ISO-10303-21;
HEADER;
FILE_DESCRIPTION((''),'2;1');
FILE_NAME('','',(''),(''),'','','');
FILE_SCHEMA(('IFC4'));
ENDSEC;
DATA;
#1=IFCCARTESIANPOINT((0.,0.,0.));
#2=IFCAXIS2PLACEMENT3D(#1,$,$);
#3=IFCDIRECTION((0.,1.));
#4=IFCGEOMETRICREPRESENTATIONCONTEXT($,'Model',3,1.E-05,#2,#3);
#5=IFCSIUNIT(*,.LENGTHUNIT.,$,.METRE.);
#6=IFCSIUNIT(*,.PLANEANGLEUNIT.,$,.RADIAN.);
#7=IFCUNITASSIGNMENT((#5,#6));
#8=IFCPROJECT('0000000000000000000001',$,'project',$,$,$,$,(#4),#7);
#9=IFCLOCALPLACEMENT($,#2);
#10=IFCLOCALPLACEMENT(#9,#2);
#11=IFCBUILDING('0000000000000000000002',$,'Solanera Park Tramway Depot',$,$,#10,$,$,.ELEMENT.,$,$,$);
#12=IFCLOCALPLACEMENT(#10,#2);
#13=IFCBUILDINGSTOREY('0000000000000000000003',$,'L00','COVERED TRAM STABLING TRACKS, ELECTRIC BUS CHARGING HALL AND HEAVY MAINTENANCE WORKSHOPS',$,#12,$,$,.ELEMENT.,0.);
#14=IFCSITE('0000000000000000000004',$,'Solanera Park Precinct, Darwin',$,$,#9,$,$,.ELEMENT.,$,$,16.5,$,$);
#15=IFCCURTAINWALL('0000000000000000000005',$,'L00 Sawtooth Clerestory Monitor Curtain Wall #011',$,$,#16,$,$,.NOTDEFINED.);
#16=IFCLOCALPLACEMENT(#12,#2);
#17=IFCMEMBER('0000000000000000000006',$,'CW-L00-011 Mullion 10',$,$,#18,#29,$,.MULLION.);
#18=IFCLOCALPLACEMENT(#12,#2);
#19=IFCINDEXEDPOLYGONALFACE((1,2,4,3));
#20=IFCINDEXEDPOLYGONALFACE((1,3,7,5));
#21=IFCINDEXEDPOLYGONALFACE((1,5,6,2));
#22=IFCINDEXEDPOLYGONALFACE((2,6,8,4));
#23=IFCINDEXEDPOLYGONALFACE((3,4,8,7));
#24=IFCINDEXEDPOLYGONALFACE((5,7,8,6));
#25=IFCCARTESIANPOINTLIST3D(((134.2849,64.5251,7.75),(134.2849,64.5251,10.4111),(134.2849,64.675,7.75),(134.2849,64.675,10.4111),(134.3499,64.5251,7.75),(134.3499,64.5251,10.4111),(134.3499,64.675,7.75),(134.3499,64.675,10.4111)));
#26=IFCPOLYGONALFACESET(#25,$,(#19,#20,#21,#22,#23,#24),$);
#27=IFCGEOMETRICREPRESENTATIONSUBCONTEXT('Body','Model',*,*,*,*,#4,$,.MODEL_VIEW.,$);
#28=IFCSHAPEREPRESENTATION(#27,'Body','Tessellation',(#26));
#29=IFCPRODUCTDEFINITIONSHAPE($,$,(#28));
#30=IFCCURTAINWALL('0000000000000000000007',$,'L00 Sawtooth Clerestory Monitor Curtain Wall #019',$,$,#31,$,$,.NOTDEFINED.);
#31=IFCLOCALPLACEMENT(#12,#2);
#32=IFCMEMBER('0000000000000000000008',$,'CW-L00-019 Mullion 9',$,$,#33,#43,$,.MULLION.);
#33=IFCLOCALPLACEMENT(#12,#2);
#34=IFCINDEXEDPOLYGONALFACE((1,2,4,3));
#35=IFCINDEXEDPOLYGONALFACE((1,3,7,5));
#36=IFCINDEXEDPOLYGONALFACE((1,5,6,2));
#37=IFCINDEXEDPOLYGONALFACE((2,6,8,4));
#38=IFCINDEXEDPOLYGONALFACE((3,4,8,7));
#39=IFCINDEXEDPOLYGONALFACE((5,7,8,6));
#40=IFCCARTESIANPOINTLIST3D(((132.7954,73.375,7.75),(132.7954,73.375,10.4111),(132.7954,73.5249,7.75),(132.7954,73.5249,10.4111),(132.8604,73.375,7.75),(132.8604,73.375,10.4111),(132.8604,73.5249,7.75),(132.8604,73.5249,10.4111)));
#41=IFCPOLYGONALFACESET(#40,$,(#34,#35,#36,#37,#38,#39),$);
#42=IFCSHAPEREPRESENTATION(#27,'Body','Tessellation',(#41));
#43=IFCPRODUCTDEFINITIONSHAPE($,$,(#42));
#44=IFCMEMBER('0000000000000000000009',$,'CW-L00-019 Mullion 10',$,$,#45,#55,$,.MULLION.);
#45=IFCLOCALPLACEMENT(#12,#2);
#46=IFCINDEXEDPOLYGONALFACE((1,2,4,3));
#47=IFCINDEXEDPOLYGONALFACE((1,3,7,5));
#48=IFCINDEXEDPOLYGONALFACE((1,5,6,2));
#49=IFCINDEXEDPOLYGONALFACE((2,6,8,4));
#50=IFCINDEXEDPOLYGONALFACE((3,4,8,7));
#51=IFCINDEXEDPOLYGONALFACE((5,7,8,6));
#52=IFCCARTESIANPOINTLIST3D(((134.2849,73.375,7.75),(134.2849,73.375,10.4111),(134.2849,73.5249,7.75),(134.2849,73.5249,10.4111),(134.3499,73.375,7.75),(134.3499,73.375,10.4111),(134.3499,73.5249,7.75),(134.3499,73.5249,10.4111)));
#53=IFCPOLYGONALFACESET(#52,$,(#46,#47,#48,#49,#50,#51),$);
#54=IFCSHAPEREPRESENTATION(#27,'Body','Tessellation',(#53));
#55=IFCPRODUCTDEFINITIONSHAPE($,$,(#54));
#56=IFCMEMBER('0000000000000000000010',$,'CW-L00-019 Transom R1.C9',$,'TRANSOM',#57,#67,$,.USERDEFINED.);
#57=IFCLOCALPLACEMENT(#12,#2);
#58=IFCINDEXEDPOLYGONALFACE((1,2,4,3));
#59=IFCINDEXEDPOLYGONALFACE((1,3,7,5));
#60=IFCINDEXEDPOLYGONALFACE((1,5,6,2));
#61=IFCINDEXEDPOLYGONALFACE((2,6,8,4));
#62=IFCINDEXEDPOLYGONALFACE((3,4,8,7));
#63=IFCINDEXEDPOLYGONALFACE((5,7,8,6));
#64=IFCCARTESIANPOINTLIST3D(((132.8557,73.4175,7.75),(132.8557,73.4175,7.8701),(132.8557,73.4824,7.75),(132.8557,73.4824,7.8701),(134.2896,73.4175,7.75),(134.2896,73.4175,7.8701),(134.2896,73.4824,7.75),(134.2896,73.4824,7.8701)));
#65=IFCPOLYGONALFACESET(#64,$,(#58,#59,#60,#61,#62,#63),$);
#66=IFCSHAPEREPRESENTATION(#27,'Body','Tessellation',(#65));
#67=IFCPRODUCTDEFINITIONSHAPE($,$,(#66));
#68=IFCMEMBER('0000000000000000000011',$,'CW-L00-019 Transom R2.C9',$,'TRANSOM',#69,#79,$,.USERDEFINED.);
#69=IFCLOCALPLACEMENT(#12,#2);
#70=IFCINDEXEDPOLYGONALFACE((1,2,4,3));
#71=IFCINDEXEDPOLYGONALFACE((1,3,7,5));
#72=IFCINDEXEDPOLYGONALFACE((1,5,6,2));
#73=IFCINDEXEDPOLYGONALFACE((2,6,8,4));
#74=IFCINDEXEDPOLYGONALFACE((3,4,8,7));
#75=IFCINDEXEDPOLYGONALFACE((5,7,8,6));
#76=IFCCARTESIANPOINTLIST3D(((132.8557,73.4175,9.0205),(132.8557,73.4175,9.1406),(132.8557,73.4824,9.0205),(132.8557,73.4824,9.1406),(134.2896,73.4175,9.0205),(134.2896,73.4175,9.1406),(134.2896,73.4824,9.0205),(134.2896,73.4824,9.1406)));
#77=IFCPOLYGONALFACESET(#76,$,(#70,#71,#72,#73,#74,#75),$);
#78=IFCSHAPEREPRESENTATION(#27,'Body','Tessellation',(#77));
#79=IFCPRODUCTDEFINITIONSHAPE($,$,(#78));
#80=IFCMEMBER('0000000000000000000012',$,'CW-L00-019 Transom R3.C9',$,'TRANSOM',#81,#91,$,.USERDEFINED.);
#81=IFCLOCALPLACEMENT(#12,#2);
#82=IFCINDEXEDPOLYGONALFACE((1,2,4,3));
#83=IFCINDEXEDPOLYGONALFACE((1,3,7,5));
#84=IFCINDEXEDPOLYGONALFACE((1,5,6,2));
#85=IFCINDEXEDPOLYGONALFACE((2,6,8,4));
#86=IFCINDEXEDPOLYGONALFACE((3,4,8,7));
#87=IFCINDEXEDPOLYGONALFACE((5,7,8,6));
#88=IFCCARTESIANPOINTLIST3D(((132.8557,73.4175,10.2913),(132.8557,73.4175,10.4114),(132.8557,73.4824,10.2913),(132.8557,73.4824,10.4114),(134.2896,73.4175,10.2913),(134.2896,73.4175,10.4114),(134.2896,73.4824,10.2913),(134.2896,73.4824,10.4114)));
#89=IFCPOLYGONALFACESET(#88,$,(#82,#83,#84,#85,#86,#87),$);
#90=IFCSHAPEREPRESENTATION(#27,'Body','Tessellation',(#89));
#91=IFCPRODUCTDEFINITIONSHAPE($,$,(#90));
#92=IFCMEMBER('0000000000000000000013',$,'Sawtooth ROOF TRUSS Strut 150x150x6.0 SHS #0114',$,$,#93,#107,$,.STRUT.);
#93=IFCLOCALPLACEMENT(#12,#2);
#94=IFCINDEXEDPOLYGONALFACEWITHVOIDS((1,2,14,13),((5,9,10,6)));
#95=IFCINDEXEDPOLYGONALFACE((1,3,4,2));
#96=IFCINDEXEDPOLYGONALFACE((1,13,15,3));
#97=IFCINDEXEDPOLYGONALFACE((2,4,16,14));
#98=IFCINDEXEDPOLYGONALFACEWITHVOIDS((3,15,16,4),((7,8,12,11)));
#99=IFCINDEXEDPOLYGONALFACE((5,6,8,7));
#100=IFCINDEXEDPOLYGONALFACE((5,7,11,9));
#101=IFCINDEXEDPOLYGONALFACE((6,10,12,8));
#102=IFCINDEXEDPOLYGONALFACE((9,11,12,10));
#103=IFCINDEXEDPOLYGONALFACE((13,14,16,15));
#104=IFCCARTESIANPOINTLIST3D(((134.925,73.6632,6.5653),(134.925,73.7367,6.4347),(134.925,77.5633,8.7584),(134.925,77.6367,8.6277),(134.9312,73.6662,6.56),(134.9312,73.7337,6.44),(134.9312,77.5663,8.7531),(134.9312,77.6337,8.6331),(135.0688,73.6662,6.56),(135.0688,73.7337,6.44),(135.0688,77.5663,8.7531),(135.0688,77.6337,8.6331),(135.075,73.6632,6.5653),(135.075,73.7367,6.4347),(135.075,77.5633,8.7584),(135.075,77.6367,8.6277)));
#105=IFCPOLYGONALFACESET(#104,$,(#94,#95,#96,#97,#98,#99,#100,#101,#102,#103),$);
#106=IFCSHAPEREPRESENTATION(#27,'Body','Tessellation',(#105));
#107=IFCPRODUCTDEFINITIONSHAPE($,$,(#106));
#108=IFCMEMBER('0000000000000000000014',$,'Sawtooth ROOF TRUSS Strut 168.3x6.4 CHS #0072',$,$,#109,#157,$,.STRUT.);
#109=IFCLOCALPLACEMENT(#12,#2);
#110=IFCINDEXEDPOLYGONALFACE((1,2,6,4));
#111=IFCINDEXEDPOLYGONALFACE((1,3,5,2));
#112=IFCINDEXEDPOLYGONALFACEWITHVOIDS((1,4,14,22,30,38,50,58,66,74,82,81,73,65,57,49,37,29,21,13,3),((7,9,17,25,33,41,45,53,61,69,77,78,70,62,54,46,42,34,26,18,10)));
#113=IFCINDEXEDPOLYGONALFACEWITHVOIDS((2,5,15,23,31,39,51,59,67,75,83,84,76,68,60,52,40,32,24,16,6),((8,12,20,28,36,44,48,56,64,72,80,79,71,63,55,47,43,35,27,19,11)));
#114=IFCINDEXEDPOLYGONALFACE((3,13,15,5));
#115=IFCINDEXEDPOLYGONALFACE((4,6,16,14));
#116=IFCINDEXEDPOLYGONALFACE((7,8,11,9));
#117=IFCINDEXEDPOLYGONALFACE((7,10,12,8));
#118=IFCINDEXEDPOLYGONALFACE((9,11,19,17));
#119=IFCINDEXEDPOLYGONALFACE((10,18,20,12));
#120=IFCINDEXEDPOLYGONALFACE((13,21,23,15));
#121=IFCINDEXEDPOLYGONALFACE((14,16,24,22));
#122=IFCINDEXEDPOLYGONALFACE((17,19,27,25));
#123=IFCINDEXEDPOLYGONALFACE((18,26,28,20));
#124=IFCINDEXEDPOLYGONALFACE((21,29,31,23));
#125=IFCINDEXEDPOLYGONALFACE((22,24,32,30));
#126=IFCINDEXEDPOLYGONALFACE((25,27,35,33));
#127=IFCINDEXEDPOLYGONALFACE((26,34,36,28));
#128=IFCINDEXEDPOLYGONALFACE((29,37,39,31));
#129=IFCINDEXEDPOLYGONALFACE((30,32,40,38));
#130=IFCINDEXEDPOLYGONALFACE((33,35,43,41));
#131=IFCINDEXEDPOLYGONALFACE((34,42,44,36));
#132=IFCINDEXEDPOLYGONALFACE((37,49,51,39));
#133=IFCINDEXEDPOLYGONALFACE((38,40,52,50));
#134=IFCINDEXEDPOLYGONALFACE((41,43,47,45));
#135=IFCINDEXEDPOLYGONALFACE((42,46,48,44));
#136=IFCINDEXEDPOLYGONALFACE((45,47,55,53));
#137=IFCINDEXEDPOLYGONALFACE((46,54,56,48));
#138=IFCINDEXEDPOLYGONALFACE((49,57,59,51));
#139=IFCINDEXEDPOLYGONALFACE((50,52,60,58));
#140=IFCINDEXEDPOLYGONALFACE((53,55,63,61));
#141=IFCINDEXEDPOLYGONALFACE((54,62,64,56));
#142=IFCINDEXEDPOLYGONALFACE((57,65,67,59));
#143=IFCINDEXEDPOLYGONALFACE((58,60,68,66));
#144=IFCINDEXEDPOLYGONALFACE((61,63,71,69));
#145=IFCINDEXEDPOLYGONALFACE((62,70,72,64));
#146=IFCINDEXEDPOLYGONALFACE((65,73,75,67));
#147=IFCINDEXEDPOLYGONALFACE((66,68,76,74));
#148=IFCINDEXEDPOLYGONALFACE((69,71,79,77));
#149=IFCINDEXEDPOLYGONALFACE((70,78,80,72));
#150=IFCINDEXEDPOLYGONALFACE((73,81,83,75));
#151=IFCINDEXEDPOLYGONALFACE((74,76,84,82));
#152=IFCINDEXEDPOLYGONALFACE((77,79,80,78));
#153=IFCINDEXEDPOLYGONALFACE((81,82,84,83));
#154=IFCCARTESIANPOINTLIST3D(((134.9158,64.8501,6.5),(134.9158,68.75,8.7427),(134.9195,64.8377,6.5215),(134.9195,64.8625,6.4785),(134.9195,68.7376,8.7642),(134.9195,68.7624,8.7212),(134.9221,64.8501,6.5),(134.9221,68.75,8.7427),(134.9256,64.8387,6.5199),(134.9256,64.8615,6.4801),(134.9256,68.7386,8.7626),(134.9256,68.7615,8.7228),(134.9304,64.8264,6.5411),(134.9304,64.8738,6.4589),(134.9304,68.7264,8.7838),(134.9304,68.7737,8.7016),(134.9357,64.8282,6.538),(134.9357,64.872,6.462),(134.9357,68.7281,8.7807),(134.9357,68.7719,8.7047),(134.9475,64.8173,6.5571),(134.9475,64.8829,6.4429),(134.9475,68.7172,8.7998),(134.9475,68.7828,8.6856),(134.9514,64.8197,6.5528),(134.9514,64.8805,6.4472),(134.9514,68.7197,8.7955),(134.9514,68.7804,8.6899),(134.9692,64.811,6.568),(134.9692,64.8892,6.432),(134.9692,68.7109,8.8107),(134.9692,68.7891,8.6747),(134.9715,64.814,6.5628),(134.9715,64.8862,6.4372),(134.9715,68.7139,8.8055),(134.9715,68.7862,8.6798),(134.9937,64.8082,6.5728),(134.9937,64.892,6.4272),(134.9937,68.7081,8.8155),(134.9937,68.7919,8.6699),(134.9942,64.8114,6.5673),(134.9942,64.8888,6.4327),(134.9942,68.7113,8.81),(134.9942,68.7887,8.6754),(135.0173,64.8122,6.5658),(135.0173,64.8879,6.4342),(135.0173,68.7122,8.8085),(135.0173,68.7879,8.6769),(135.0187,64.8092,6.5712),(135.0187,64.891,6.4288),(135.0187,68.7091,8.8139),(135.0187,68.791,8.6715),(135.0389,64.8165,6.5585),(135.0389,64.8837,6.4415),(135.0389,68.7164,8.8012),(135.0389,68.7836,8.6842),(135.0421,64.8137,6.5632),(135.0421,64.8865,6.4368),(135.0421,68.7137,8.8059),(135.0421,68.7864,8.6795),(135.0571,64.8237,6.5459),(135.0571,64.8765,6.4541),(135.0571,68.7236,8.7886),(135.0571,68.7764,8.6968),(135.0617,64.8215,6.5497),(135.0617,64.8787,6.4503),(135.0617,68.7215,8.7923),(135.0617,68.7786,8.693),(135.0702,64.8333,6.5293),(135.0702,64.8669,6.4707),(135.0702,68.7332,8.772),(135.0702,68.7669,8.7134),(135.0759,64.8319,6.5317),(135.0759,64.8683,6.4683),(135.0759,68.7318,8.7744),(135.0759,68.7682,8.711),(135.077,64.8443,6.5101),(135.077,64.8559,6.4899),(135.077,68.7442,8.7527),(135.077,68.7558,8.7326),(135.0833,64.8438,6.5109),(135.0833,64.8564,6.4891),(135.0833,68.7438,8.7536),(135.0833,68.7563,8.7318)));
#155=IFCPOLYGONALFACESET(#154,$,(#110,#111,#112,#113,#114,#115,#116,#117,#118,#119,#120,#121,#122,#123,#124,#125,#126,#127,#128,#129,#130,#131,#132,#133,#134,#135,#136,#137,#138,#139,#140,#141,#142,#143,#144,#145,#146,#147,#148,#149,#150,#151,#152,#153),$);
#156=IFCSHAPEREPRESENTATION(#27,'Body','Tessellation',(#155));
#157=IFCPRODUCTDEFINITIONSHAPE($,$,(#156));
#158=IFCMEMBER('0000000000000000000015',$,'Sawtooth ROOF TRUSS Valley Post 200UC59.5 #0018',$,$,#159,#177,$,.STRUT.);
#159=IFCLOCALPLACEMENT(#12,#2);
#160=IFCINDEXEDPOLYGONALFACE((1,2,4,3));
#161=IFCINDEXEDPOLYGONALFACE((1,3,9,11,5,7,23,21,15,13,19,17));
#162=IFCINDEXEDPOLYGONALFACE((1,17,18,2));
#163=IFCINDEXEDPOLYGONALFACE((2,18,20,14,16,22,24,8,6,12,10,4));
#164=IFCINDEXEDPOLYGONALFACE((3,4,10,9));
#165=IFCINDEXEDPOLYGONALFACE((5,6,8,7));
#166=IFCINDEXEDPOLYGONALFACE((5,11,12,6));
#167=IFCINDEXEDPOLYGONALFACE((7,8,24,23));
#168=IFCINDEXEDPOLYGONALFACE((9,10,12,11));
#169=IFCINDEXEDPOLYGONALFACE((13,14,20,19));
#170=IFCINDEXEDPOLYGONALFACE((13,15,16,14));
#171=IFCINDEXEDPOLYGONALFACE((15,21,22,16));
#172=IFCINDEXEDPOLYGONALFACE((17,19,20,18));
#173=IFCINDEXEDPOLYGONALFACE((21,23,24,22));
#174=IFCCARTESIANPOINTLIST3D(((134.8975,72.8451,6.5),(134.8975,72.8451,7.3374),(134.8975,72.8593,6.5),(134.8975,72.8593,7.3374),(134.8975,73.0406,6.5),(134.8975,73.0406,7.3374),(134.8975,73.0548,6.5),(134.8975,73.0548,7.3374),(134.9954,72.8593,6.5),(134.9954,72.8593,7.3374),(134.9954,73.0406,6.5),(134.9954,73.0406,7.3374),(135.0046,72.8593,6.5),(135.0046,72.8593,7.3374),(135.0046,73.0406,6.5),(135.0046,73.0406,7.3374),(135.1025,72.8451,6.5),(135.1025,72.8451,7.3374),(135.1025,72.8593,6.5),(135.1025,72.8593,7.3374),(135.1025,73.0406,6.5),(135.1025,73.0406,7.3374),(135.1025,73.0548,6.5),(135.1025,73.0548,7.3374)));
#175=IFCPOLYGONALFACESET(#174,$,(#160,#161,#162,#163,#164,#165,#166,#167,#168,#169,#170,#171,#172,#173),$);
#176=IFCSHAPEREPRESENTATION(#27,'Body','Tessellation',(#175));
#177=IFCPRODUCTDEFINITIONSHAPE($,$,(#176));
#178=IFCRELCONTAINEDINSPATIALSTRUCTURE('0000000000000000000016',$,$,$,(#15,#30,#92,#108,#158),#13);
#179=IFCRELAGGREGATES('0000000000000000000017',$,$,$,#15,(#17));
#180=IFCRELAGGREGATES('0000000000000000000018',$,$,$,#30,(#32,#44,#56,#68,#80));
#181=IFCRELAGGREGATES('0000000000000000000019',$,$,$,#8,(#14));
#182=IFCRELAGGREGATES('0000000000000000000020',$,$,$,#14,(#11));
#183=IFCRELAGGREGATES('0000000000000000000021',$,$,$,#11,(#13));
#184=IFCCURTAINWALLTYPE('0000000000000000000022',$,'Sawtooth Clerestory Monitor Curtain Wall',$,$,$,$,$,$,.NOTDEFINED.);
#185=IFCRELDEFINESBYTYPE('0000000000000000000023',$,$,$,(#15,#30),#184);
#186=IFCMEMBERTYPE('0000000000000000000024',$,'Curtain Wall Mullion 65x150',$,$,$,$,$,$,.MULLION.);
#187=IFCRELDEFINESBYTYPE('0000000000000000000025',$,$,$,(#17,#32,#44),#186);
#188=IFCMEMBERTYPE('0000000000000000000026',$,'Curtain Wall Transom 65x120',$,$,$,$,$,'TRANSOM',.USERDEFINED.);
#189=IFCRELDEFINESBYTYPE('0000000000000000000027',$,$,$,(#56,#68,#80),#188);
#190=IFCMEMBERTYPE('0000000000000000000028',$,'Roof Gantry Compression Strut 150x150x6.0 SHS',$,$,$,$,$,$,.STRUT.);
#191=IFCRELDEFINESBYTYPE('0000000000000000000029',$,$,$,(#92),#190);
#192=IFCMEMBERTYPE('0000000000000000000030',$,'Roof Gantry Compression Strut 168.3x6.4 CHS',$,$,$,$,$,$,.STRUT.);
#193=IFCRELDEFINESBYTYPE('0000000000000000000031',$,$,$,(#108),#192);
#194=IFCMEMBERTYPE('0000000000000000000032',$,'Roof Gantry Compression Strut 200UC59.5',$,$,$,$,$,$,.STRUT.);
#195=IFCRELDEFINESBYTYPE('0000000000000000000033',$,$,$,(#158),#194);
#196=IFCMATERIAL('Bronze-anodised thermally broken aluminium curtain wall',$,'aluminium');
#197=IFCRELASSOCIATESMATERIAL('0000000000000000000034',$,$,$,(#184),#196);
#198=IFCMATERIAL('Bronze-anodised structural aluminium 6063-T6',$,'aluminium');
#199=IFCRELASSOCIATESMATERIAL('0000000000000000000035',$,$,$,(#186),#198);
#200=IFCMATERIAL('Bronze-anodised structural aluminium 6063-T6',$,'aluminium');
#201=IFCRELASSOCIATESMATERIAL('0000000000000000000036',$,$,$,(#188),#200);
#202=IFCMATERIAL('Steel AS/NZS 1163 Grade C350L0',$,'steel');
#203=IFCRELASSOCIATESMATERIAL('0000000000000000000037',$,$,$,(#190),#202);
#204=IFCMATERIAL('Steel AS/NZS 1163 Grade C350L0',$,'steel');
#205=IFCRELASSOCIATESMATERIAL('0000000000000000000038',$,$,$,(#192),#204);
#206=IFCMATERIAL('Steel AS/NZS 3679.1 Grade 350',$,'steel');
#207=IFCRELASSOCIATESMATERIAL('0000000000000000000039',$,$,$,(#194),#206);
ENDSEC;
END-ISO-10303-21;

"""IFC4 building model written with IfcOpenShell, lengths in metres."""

from ifc_helpers import new_model, si_unit, direction, frame, origin, origin_2d, place, context, subcontext, project, spatial, rectangle, hollow_rectangle, hollow_circle, i_section, extrude, material, material_profile, profile_set, type_object, element, aggregate, save


model = new_model("IFC4")

# Units and contexts
model_context = context("Model", 3, precision=1e-05, world=origin(), true_north=direction((0.0, 1.0)))
body_context = subcontext(model_context, "Body", "Model", "MODEL_VIEW")
ifc_project = project(units=[si_unit("LENGTHUNIT", "METRE"), si_unit("PLANEANGLEUNIT", "RADIAN")], contexts=[model_context])

# Site, building, storey
site_placement = place(None, origin())
site = spatial("IfcSite", under=ifc_project, at=site_placement, Name="Solanera Park Precinct, Darwin", CompositionType="ELEMENT", RefElevation=16.5)
building_placement = place(site_placement, origin())
building = spatial("IfcBuilding", under=site, at=building_placement, Name="Solanera Park Tramway Depot", CompositionType="ELEMENT")
storey_placement = place(building_placement, origin())
storey = spatial("IfcBuildingStorey", under=building, at=storey_placement, Name="L00", Description="COVERED TRAM STABLING TRACKS, ELECTRIC BUS CHARGING HALL AND HEAVY MAINTENANCE WORKSHOPS", CompositionType="ELEMENT", Elevation=0.0)

# Curtain wall, member
ifc_material_1 = material(Name="Bronze-anodised thermally broken aluminium curtain wall", Category="aluminium")
curtain_wall_type = type_object("IfcCurtainWallType", Name="Sawtooth Clerestory Monitor Curtain Wall", PredefinedType="NOTDEFINED", material=ifc_material_1)
curtain_wall_1_placement = place(storey_placement, origin())
curtain_wall_1 = element("IfcCurtainWall", 1, at=curtain_wall_1_placement, inside=storey, type_object=curtain_wall_type, Name="L00 Sawtooth Clerestory Monitor Curtain Wall #011", PredefinedType="NOTDEFINED")
ifc_material_2 = material(Name="Bronze-anodised structural aluminium 6063-T6", Category="aluminium")
ifc_material_profile_1 = material_profile(ifc_material_2, rectangle(XDim=0.0649, YDim=0.1499, at=origin_2d()), Name="Curtain Wall Mullion 65x150")
ifc_profile_set_1 = profile_set([ifc_material_profile_1], Name="Bronze-anodised structural aluminium 6063-T6")
member_type_1 = type_object("IfcMemberType", Name="Curtain Wall Mullion 65x150", PredefinedType="MULLION", material=ifc_profile_set_1)
member_1_placement = place(storey_placement, frame((134.3174, 64.6001, 7.75), z_axis=(0.0, 0.0, 1.0), x_axis=(1.0, 0.0, 0.0)))
member_1 = element("IfcMember", 2, at=member_1_placement, type_object=member_type_1, Name="CW-L00-011 Mullion 10", PredefinedType="MULLION", context=body_context, shape_type="SweptSolid", body=[
    extrude(rectangle(XDim=0.0649, YDim=0.1499, at=origin_2d()), origin(), (0.0, 0.0, 1.0), 2.6611),
])

# Curtain wall, members
curtain_wall_2_placement = place(storey_placement, origin())
curtain_wall_2 = element("IfcCurtainWall", 3, at=curtain_wall_2_placement, inside=storey, type_object=curtain_wall_type, Name="L00 Sawtooth Clerestory Monitor Curtain Wall #019", PredefinedType="NOTDEFINED")
member_2_placement = place(storey_placement, frame((132.8279, 73.45, 7.75), z_axis=(0.0, 0.0, 1.0), x_axis=(1.0, 0.0, 0.0)))
member_2 = element("IfcMember", 4, at=member_2_placement, type_object=member_type_1, Name="CW-L00-019 Mullion 9", PredefinedType="MULLION", context=body_context, shape_type="SweptSolid", body=[
    extrude(rectangle(XDim=0.0649, YDim=0.1499, at=origin_2d()), origin(), (0.0, 0.0, 1.0), 2.6611),
])
member_3_placement = place(storey_placement, frame((134.3174, 73.45, 7.75), z_axis=(0.0, 0.0, 1.0), x_axis=(1.0, 0.0, 0.0)))
member_3 = element("IfcMember", 5, at=member_3_placement, type_object=member_type_1, Name="CW-L00-019 Mullion 10", PredefinedType="MULLION", context=body_context, shape_type="SweptSolid", body=[
    extrude(rectangle(XDim=0.0649, YDim=0.1499, at=origin_2d()), origin(), (0.0, 0.0, 1.0), 2.6611),
])
ifc_material_3 = material(Name="Bronze-anodised structural aluminium 6063-T6", Category="aluminium")
ifc_material_profile_2 = material_profile(ifc_material_3, rectangle(XDim=0.0649, YDim=0.1201, at=origin_2d()), Name="Curtain Wall Transom 65x120")
ifc_profile_set_2 = profile_set([ifc_material_profile_2], Name="Bronze-anodised structural aluminium 6063-T6")
member_type_2 = type_object("IfcMemberType", Name="Curtain Wall Transom 65x120", ElementType="TRANSOM", PredefinedType="USERDEFINED", material=ifc_profile_set_2)
member_4_placement = place(storey_placement, frame((132.8557, 73.45, 7.8101), z_axis=(1.0, 0.0, 0.0), x_axis=(0.0, 1.0, 0.0)))
member_4 = element("IfcMember", 6, at=member_4_placement, type_object=member_type_2, Name="CW-L00-019 Transom R1.C9", ObjectType="TRANSOM", PredefinedType="USERDEFINED", context=body_context, shape_type="SweptSolid", body=[
    extrude(rectangle(XDim=0.0649, YDim=0.1201, at=origin_2d()), origin(), (0.0, 0.0, 1.0), 1.4338),
])
member_5_placement = place(storey_placement, frame((132.8557, 73.45, 9.0806), z_axis=(1.0, 0.0, 0.0), x_axis=(0.0, 1.0, 0.0)))
member_5 = element("IfcMember", 7, at=member_5_placement, type_object=member_type_2, Name="CW-L00-019 Transom R2.C9", ObjectType="TRANSOM", PredefinedType="USERDEFINED", context=body_context, shape_type="SweptSolid", body=[
    extrude(rectangle(XDim=0.0649, YDim=0.1201, at=origin_2d()), origin(), (0.0, 0.0, 1.0), 1.4338),
])
member_6_placement = place(storey_placement, frame((132.8557, 73.45, 10.3513), z_axis=(1.0, 0.0, 0.0), x_axis=(0.0, 1.0, 0.0)))
member_6 = element("IfcMember", 8, at=member_6_placement, type_object=member_type_2, Name="CW-L00-019 Transom R3.C9", ObjectType="TRANSOM", PredefinedType="USERDEFINED", context=body_context, shape_type="SweptSolid", body=[
    extrude(rectangle(XDim=0.0649, YDim=0.1201, at=origin_2d()), origin(), (0.0, 0.0, 1.0), 1.4338),
])

# Members
ifc_material_4 = material(Name="Steel AS/NZS 1163 Grade C350L0", Category="steel")
ifc_material_profile_3 = material_profile(ifc_material_4, hollow_rectangle(XDim=0.1499, YDim=0.1499, WallThickness=0.0061, at=origin_2d()), Name="150x150x6.0 SHS")
ifc_profile_set_3 = profile_set([ifc_material_profile_3], Name="Steel AS/NZS 1163 Grade C350L0")
member_type_3 = type_object("IfcMemberType", Name="Roof Gantry Compression Strut 150x150x6.0 SHS", PredefinedType="STRUT", material=ifc_profile_set_3)
member_7_placement = place(storey_placement, frame((135.0, 73.7, 6.5), z_axis=(0.0, 0.871644, 0.490139), x_axis=(-1.0, 0.0, 0.0)))
element("IfcMember", 9, at=member_7_placement, inside=storey, type_object=member_type_3, Name="Sawtooth ROOF TRUSS Strut 150x150x6.0 SHS #0114", PredefinedType="STRUT", context=body_context, shape_type="SweptSolid", body=[
    extrude(hollow_rectangle(XDim=0.1499, YDim=0.1499, WallThickness=0.0061, at=origin_2d()), origin(), (0.0, 0.0, 1.0), 4.4744),
])
ifc_material_5 = material(Name="Steel AS/NZS 1163 Grade C350L0", Category="steel")
ifc_material_profile_4 = material_profile(ifc_material_5, hollow_circle(Radius=0.0842, WallThickness=0.0063, at=origin_2d()), Name="168.3x6.4 CHS")
ifc_profile_set_4 = profile_set([ifc_material_profile_4], Name="Steel AS/NZS 1163 Grade C350L0")
member_type_4 = type_object("IfcMemberType", Name="Roof Gantry Compression Strut 168.3x6.4 CHS", PredefinedType="STRUT", material=ifc_profile_set_4)
member_8_placement = place(storey_placement, frame((135.0, 64.8501, 6.5), z_axis=(0.0, 0.866884, 0.49851), x_axis=(-1.0, 0.0, 0.0)))
element("IfcMember", 10, at=member_8_placement, inside=storey, type_object=member_type_4, Name="Sawtooth ROOF TRUSS Strut 168.3x6.4 CHS #0072", PredefinedType="STRUT", context=body_context, shape_type="SweptSolid", body=[
    extrude(hollow_circle(Radius=0.0842, WallThickness=0.0063, at=origin_2d()), origin(), (0.0, 0.0, 1.0), 4.4988),
])
ifc_material_6 = material(Name="Steel AS/NZS 3679.1 Grade 350", Category="steel")
ifc_material_profile_5 = material_profile(ifc_material_6, i_section(OverallWidth=0.2051, OverallDepth=0.2097, WebThickness=0.0093, FlangeThickness=0.0142, at=origin_2d()), Name="200UC59.5")
ifc_profile_set_5 = profile_set([ifc_material_profile_5], Name="Steel AS/NZS 3679.1 Grade 350")
member_type_5 = type_object("IfcMemberType", Name="Roof Gantry Compression Strut 200UC59.5", PredefinedType="STRUT", material=ifc_profile_set_5)
member_9_placement = place(storey_placement, frame((135.0, 72.95, 6.5), z_axis=(0.0, 0.0, 1.0), x_axis=(1.0, 0.0, 0.0)))
element("IfcMember", 11, at=member_9_placement, inside=storey, type_object=member_type_5, Name="Sawtooth ROOF TRUSS Valley Post 200UC59.5 #0018", PredefinedType="STRUT", context=body_context, shape_type="SweptSolid", body=[
    extrude(i_section(OverallWidth=0.2051, OverallDepth=0.2097, WebThickness=0.0093, FlangeThickness=0.0142, at=origin_2d()), origin(), (0.0, 0.0, 1.0), 0.8374),
])

aggregate(curtain_wall_1, [member_1])
aggregate(curtain_wall_2, [member_2, member_3, member_4, member_5, member_6])

save(model, "model.ifc")
